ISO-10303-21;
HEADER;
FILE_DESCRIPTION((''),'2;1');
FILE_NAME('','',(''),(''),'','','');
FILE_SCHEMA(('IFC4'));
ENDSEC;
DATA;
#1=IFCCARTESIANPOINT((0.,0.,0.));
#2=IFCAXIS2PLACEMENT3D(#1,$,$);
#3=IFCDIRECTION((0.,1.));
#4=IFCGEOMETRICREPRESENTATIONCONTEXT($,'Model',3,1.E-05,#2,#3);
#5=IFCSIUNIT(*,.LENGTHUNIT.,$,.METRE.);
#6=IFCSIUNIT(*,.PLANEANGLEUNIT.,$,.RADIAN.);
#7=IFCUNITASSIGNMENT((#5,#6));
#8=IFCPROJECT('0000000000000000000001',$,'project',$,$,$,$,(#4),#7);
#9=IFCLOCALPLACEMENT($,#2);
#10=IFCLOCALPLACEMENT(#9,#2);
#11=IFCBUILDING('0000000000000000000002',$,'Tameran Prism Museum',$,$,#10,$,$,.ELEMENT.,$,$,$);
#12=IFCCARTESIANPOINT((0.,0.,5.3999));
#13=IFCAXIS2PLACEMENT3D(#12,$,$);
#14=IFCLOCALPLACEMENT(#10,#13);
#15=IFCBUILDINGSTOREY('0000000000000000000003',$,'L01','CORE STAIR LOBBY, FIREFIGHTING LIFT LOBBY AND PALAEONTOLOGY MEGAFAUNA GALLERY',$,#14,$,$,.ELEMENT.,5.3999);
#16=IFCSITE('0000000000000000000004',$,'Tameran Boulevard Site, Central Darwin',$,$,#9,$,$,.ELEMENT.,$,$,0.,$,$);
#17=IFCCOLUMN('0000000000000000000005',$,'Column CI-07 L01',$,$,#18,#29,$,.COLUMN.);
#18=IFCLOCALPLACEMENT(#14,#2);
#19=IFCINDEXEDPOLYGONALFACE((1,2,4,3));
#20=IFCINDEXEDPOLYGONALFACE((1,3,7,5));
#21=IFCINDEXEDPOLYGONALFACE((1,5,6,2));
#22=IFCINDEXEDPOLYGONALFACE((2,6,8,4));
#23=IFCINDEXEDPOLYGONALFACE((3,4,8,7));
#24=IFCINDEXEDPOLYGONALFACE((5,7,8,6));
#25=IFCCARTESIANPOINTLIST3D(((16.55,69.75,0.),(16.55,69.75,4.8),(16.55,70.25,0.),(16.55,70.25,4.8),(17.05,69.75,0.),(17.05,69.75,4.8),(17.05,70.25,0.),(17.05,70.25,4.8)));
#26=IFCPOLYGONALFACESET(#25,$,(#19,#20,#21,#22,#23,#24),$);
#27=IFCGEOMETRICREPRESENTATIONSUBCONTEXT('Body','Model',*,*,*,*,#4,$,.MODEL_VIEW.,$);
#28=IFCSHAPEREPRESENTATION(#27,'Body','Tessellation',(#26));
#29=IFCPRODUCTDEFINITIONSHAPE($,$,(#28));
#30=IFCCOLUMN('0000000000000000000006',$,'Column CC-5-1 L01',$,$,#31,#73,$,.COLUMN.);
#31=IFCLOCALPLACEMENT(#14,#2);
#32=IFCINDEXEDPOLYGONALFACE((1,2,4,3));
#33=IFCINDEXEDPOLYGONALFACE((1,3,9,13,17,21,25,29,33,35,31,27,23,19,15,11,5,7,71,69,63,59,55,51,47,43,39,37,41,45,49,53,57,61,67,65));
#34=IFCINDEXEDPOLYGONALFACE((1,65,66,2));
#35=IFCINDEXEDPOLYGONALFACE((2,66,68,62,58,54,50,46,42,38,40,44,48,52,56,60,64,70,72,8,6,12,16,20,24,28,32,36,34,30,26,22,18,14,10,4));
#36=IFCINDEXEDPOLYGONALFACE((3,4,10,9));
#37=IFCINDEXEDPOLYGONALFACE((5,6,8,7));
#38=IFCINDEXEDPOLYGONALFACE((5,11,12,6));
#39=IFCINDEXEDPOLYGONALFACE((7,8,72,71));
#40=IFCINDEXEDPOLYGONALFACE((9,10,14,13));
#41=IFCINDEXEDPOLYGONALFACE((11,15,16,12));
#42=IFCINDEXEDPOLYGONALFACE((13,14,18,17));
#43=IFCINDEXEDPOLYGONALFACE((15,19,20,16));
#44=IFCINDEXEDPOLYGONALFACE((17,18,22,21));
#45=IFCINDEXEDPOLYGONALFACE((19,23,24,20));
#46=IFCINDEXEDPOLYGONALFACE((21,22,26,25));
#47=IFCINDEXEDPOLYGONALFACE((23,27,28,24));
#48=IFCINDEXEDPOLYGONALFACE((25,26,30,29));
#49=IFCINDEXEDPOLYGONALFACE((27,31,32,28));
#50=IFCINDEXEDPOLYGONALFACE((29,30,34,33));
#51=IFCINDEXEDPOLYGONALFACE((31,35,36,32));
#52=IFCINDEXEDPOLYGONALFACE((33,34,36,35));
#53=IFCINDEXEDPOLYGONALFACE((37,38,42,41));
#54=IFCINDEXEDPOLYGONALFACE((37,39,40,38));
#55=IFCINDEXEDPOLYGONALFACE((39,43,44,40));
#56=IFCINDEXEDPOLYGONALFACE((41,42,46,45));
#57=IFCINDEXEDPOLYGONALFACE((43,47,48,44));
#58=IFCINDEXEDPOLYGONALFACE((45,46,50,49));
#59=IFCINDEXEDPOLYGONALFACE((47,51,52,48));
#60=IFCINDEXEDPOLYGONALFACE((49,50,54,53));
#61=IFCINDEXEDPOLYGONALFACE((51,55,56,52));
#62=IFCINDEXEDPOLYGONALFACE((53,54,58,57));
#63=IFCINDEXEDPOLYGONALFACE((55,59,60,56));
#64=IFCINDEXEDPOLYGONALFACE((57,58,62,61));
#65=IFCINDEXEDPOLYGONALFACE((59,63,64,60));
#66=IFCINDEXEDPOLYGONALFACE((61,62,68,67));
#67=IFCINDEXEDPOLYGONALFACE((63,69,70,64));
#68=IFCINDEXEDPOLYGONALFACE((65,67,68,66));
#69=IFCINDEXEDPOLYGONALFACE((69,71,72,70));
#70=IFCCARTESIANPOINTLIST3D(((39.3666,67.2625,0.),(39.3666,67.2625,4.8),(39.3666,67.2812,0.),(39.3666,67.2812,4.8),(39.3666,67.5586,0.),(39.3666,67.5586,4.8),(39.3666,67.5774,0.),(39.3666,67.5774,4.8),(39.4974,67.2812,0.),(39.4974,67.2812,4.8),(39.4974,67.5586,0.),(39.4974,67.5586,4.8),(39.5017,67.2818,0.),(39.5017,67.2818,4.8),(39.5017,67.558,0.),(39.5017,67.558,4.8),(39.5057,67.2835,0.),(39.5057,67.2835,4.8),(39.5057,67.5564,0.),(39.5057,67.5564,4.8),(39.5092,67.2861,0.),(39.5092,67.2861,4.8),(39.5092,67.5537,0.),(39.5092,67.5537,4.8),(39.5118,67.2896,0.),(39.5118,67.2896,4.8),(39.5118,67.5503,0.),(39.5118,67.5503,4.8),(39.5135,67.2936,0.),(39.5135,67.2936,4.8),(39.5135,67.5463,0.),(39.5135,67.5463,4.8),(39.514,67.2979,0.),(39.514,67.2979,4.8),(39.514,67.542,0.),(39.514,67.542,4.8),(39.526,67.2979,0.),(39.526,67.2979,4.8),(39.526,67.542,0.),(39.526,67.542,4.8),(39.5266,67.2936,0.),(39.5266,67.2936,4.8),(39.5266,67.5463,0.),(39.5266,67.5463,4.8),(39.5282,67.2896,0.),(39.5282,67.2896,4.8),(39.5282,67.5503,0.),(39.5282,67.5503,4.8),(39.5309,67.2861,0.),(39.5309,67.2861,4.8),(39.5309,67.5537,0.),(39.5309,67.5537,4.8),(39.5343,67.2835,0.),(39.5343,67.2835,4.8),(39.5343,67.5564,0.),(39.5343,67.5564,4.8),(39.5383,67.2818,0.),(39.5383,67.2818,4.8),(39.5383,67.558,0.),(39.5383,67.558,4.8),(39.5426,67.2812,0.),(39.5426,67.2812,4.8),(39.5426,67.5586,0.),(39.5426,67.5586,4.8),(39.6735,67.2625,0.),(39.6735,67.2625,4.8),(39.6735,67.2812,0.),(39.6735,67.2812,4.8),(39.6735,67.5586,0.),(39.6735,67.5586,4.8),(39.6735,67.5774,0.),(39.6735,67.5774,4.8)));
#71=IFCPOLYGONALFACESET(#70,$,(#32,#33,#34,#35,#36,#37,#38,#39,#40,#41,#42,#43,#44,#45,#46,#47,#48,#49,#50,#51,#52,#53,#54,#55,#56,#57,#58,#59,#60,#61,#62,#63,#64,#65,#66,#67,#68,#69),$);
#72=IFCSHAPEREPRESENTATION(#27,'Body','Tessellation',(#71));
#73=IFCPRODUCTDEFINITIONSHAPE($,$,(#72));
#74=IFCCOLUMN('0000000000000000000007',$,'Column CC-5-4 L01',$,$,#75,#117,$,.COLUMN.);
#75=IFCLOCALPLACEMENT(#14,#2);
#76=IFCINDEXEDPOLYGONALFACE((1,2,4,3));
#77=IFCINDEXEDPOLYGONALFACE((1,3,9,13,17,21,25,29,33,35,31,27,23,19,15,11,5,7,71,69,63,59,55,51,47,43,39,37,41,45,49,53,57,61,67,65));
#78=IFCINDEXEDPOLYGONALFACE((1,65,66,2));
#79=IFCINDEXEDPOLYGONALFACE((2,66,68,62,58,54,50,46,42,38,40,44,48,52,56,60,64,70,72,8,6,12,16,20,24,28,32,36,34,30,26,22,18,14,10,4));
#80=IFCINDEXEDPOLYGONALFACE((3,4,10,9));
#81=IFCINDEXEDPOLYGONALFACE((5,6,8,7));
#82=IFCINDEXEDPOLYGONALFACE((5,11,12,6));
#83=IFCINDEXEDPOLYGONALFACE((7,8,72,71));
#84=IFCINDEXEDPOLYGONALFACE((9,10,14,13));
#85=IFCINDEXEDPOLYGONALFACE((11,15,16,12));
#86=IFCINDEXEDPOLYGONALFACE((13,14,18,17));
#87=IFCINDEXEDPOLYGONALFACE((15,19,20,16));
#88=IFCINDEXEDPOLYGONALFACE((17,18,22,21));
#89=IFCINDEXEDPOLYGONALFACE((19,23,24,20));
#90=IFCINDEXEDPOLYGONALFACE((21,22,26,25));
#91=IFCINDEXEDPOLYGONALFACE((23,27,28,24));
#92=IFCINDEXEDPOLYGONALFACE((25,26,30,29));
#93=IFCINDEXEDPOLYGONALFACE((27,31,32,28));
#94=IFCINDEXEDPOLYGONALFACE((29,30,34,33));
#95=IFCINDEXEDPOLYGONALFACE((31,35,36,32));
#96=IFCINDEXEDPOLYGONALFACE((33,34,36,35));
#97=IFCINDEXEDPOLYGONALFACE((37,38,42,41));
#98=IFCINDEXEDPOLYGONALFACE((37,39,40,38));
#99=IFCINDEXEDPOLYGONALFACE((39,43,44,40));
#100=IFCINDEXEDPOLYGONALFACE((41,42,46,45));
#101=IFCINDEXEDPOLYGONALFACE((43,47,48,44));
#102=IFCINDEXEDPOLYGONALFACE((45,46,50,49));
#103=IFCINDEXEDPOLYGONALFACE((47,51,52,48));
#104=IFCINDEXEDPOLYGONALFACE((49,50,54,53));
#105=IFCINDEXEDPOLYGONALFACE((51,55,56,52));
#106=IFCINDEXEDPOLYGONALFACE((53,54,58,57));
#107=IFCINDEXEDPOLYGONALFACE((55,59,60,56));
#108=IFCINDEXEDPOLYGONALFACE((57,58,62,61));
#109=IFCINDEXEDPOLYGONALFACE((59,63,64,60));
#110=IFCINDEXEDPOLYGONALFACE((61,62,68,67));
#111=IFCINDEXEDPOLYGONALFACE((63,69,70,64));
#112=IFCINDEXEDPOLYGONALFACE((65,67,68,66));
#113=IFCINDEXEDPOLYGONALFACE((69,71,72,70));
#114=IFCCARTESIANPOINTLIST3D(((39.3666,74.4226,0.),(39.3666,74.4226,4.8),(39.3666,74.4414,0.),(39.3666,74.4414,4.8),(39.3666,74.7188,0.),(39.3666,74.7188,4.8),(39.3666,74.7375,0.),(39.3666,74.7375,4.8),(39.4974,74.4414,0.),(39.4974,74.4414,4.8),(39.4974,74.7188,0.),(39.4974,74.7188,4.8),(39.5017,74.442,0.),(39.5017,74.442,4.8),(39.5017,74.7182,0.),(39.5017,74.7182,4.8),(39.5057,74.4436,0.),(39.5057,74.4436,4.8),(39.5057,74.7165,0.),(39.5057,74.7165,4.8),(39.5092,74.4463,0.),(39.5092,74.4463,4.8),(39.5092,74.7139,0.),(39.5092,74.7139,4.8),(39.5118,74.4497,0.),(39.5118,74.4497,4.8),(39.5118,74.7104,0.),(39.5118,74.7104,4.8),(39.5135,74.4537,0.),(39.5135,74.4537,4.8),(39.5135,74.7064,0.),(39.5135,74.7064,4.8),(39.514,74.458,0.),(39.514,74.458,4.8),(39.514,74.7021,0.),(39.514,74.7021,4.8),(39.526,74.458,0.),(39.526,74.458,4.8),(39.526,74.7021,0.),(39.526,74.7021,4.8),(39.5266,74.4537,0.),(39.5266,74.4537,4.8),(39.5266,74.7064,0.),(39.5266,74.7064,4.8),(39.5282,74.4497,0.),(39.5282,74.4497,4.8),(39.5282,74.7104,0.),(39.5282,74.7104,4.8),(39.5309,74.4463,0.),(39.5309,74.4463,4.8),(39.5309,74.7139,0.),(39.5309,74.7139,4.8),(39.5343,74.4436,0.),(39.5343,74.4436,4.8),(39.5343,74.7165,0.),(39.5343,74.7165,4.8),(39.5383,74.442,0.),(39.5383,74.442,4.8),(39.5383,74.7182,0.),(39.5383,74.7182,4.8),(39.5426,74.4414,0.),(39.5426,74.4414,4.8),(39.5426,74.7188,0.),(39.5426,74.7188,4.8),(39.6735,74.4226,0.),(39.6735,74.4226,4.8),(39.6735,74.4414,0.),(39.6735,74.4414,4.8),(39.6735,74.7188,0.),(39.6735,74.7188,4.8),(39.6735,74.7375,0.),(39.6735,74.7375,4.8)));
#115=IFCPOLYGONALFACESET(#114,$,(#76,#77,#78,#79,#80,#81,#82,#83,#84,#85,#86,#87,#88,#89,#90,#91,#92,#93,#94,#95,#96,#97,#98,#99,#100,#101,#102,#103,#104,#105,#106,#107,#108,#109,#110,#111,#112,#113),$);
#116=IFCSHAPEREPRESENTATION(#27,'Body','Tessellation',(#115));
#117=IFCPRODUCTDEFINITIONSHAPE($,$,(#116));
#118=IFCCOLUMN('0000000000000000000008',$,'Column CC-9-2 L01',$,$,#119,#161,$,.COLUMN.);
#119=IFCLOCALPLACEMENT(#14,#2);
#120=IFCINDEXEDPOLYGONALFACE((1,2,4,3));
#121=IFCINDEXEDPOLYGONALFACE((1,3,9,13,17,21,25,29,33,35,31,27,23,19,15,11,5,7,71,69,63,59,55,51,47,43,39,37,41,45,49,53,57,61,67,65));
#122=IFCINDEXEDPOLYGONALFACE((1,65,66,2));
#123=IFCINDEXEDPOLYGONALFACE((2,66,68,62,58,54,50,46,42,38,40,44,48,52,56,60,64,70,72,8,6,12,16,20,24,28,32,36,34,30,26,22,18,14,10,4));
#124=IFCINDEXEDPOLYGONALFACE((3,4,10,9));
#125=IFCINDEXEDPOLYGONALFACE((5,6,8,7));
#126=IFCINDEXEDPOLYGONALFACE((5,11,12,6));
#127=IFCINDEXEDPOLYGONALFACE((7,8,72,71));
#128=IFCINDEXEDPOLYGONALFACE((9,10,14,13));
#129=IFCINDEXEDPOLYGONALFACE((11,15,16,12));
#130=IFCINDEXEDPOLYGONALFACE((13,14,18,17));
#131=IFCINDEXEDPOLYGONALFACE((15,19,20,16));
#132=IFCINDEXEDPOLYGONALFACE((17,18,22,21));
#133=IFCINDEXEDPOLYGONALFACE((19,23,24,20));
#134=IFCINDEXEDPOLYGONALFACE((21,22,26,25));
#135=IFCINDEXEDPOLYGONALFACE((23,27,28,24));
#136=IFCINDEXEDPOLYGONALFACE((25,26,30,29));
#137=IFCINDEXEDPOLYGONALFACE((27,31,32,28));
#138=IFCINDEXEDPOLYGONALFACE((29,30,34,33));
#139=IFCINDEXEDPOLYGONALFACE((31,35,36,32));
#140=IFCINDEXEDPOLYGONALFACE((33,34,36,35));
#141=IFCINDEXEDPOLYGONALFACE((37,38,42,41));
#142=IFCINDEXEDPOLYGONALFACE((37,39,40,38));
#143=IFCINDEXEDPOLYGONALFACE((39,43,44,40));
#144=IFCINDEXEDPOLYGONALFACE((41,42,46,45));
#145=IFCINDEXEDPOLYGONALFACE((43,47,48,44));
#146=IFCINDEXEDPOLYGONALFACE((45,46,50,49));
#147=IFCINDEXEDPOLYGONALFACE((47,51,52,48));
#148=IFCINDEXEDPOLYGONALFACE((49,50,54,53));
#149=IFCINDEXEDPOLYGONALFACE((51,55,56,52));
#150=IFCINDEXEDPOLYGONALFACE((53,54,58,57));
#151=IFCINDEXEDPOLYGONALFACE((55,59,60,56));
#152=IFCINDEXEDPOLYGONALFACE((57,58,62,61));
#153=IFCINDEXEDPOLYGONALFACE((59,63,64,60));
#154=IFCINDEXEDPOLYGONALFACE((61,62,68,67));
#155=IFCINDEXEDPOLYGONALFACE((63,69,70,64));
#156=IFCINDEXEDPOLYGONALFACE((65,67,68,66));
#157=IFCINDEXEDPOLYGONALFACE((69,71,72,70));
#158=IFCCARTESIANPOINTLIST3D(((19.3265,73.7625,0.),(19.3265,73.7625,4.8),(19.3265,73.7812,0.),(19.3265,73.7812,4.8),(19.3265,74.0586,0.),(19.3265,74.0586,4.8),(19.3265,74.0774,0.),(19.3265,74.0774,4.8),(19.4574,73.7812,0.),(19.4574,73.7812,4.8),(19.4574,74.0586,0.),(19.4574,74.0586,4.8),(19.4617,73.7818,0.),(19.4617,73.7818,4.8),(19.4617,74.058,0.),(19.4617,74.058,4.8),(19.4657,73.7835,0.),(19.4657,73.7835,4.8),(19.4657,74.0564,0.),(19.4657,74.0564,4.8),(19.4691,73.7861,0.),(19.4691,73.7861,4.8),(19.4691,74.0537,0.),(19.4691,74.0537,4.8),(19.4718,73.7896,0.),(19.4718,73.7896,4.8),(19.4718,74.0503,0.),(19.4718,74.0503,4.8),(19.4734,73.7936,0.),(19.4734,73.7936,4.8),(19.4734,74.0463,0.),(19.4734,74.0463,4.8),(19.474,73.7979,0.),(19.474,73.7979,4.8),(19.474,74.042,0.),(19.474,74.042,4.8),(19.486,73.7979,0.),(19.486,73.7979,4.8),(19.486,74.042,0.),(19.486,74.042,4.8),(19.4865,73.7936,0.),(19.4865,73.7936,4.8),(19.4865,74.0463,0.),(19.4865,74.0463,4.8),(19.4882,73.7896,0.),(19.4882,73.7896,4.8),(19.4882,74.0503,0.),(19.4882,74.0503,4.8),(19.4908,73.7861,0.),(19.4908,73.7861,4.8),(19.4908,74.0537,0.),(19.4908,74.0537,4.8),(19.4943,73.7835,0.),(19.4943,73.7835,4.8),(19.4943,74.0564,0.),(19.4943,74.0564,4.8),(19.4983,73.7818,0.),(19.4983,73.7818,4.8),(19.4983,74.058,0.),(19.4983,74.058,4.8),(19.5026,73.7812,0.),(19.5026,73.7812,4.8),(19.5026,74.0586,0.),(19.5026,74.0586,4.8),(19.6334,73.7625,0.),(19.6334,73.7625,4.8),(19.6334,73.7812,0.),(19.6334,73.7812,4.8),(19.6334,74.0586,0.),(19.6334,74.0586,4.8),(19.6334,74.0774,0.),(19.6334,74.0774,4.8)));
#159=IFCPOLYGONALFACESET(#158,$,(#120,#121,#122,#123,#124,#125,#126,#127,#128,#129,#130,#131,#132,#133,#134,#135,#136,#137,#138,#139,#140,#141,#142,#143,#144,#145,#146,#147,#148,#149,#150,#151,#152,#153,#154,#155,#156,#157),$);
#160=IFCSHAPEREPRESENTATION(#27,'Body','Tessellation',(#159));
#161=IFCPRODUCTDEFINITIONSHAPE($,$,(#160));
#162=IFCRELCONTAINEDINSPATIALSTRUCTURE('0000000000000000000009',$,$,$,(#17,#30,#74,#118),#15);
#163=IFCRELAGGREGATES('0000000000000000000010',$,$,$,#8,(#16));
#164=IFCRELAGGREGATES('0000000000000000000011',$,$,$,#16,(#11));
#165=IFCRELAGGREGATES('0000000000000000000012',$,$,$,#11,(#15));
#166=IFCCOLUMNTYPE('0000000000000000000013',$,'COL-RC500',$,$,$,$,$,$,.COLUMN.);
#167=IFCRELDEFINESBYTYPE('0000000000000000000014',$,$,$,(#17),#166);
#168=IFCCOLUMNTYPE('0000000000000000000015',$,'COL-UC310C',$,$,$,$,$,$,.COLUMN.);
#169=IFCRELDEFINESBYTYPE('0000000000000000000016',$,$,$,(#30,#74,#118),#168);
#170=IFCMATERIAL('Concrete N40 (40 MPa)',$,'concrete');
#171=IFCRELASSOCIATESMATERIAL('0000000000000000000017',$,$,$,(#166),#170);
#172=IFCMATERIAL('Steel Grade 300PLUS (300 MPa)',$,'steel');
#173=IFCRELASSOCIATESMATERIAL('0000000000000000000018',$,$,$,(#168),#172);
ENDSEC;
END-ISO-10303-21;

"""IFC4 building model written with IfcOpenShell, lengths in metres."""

from ifc_helpers import new_model, si_unit, direction, frame, origin, origin_2d, place, context, subcontext, project, spatial, rectangle, i_section, extrude, material, material_profile, profile_set, type_object, element, save


model = new_model("IFC4")

# Units and contexts
model_context = context("Model", 3, precision=1e-05, world=origin(), true_north=direction((0.0, 1.0)))
body_context = subcontext(model_context, "Body", "Model", "MODEL_VIEW")
ifc_project = project(units=[si_unit("LENGTHUNIT", "METRE"), si_unit("PLANEANGLEUNIT", "RADIAN")], contexts=[model_context])

# Site, building, storey
site_placement = place(None, origin())
site = spatial("IfcSite", under=ifc_project, at=site_placement, Name="Tameran Boulevard Site, Central Darwin", CompositionType="ELEMENT", RefElevation=0.0)
building_placement = place(site_placement, origin())
building = spatial("IfcBuilding", under=site, at=building_placement, Name="Tameran Prism Museum", CompositionType="ELEMENT")
storey_placement = place(building_placement, frame((0.0, 0.0, 5.3999)))
storey = spatial("IfcBuildingStorey", under=building, at=storey_placement, Name="L01", Description="CORE STAIR LOBBY, FIREFIGHTING LIFT LOBBY AND PALAEONTOLOGY MEGAFAUNA GALLERY", CompositionType="ELEMENT", Elevation=5.3999)

# Columns
ifc_material_1 = material(Name="Concrete N40 (40 MPa)", Category="concrete")
ifc_material_profile_1 = material_profile(ifc_material_1, rectangle(XDim=0.5, YDim=0.5, at=origin_2d()))
ifc_profile_set_1 = profile_set([ifc_material_profile_1])
column_type_1 = type_object("IfcColumnType", Name="COL-RC500", PredefinedType="COLUMN", material=ifc_profile_set_1)
column_placement = place(storey_placement, frame((16.8, 70.0, 0.0), z_axis=(0.0, 0.0, 1.0), x_axis=(1.0, 0.0, 0.0)))
element("IfcColumn", 1, at=column_placement, inside=storey, type_object=column_type_1, Name="Column CI-07 L01", PredefinedType="COLUMN", context=body_context, shape_type="SweptSolid", body=[
    extrude(rectangle(XDim=0.5, YDim=0.5, at=origin_2d()), origin(), (0.0, 0.0, 1.0), 4.8),
])
ifc_material_2 = material(Name="Steel Grade 300PLUS (300 MPa)", Category="steel")
ifc_material_profile_2 = material_profile(ifc_material_2, i_section(OverallWidth=0.3069, OverallDepth=0.3149, WebThickness=0.012, FlangeThickness=0.0188, FilletRadius=0.0166, at=origin_2d()))
ifc_profile_set_2 = profile_set([ifc_material_profile_2])
column_type_2 = type_object("IfcColumnType", Name="COL-UC310C", PredefinedType="COLUMN", material=ifc_profile_set_2)
for number, where, z_axis, x_axis, name in (
    (2, (39.52, 67.4199, 0.0), (0.0, 0.0, 1.0), (1.0, 0.0, 0.0), "Column CC-5-1 L01"),
    (3, (39.52, 74.5801, 0.0), (0.0, 0.0, 1.0), (1.0, 0.0, 0.0), "Column CC-5-4 L01"),
    (4, (19.48, 73.9199, 0.0), (0.0, 0.0, 1.0), (1.0, 0.0, 0.0), "Column CC-9-2 L01"),
):
    element("IfcColumn", number, at=place(storey_placement, frame(where, z_axis=z_axis, x_axis=x_axis)), inside=storey, type_object=column_type_2, Name=name, PredefinedType="COLUMN", context=body_context, shape_type="SweptSolid", body=[
        extrude(i_section(OverallWidth=0.3069, OverallDepth=0.3149, WebThickness=0.012, FlangeThickness=0.0188, FilletRadius=0.0166, at=origin_2d()), origin(), (0.0, 0.0, 1.0), 4.8),
    ])

save(model, "model.ifc")
